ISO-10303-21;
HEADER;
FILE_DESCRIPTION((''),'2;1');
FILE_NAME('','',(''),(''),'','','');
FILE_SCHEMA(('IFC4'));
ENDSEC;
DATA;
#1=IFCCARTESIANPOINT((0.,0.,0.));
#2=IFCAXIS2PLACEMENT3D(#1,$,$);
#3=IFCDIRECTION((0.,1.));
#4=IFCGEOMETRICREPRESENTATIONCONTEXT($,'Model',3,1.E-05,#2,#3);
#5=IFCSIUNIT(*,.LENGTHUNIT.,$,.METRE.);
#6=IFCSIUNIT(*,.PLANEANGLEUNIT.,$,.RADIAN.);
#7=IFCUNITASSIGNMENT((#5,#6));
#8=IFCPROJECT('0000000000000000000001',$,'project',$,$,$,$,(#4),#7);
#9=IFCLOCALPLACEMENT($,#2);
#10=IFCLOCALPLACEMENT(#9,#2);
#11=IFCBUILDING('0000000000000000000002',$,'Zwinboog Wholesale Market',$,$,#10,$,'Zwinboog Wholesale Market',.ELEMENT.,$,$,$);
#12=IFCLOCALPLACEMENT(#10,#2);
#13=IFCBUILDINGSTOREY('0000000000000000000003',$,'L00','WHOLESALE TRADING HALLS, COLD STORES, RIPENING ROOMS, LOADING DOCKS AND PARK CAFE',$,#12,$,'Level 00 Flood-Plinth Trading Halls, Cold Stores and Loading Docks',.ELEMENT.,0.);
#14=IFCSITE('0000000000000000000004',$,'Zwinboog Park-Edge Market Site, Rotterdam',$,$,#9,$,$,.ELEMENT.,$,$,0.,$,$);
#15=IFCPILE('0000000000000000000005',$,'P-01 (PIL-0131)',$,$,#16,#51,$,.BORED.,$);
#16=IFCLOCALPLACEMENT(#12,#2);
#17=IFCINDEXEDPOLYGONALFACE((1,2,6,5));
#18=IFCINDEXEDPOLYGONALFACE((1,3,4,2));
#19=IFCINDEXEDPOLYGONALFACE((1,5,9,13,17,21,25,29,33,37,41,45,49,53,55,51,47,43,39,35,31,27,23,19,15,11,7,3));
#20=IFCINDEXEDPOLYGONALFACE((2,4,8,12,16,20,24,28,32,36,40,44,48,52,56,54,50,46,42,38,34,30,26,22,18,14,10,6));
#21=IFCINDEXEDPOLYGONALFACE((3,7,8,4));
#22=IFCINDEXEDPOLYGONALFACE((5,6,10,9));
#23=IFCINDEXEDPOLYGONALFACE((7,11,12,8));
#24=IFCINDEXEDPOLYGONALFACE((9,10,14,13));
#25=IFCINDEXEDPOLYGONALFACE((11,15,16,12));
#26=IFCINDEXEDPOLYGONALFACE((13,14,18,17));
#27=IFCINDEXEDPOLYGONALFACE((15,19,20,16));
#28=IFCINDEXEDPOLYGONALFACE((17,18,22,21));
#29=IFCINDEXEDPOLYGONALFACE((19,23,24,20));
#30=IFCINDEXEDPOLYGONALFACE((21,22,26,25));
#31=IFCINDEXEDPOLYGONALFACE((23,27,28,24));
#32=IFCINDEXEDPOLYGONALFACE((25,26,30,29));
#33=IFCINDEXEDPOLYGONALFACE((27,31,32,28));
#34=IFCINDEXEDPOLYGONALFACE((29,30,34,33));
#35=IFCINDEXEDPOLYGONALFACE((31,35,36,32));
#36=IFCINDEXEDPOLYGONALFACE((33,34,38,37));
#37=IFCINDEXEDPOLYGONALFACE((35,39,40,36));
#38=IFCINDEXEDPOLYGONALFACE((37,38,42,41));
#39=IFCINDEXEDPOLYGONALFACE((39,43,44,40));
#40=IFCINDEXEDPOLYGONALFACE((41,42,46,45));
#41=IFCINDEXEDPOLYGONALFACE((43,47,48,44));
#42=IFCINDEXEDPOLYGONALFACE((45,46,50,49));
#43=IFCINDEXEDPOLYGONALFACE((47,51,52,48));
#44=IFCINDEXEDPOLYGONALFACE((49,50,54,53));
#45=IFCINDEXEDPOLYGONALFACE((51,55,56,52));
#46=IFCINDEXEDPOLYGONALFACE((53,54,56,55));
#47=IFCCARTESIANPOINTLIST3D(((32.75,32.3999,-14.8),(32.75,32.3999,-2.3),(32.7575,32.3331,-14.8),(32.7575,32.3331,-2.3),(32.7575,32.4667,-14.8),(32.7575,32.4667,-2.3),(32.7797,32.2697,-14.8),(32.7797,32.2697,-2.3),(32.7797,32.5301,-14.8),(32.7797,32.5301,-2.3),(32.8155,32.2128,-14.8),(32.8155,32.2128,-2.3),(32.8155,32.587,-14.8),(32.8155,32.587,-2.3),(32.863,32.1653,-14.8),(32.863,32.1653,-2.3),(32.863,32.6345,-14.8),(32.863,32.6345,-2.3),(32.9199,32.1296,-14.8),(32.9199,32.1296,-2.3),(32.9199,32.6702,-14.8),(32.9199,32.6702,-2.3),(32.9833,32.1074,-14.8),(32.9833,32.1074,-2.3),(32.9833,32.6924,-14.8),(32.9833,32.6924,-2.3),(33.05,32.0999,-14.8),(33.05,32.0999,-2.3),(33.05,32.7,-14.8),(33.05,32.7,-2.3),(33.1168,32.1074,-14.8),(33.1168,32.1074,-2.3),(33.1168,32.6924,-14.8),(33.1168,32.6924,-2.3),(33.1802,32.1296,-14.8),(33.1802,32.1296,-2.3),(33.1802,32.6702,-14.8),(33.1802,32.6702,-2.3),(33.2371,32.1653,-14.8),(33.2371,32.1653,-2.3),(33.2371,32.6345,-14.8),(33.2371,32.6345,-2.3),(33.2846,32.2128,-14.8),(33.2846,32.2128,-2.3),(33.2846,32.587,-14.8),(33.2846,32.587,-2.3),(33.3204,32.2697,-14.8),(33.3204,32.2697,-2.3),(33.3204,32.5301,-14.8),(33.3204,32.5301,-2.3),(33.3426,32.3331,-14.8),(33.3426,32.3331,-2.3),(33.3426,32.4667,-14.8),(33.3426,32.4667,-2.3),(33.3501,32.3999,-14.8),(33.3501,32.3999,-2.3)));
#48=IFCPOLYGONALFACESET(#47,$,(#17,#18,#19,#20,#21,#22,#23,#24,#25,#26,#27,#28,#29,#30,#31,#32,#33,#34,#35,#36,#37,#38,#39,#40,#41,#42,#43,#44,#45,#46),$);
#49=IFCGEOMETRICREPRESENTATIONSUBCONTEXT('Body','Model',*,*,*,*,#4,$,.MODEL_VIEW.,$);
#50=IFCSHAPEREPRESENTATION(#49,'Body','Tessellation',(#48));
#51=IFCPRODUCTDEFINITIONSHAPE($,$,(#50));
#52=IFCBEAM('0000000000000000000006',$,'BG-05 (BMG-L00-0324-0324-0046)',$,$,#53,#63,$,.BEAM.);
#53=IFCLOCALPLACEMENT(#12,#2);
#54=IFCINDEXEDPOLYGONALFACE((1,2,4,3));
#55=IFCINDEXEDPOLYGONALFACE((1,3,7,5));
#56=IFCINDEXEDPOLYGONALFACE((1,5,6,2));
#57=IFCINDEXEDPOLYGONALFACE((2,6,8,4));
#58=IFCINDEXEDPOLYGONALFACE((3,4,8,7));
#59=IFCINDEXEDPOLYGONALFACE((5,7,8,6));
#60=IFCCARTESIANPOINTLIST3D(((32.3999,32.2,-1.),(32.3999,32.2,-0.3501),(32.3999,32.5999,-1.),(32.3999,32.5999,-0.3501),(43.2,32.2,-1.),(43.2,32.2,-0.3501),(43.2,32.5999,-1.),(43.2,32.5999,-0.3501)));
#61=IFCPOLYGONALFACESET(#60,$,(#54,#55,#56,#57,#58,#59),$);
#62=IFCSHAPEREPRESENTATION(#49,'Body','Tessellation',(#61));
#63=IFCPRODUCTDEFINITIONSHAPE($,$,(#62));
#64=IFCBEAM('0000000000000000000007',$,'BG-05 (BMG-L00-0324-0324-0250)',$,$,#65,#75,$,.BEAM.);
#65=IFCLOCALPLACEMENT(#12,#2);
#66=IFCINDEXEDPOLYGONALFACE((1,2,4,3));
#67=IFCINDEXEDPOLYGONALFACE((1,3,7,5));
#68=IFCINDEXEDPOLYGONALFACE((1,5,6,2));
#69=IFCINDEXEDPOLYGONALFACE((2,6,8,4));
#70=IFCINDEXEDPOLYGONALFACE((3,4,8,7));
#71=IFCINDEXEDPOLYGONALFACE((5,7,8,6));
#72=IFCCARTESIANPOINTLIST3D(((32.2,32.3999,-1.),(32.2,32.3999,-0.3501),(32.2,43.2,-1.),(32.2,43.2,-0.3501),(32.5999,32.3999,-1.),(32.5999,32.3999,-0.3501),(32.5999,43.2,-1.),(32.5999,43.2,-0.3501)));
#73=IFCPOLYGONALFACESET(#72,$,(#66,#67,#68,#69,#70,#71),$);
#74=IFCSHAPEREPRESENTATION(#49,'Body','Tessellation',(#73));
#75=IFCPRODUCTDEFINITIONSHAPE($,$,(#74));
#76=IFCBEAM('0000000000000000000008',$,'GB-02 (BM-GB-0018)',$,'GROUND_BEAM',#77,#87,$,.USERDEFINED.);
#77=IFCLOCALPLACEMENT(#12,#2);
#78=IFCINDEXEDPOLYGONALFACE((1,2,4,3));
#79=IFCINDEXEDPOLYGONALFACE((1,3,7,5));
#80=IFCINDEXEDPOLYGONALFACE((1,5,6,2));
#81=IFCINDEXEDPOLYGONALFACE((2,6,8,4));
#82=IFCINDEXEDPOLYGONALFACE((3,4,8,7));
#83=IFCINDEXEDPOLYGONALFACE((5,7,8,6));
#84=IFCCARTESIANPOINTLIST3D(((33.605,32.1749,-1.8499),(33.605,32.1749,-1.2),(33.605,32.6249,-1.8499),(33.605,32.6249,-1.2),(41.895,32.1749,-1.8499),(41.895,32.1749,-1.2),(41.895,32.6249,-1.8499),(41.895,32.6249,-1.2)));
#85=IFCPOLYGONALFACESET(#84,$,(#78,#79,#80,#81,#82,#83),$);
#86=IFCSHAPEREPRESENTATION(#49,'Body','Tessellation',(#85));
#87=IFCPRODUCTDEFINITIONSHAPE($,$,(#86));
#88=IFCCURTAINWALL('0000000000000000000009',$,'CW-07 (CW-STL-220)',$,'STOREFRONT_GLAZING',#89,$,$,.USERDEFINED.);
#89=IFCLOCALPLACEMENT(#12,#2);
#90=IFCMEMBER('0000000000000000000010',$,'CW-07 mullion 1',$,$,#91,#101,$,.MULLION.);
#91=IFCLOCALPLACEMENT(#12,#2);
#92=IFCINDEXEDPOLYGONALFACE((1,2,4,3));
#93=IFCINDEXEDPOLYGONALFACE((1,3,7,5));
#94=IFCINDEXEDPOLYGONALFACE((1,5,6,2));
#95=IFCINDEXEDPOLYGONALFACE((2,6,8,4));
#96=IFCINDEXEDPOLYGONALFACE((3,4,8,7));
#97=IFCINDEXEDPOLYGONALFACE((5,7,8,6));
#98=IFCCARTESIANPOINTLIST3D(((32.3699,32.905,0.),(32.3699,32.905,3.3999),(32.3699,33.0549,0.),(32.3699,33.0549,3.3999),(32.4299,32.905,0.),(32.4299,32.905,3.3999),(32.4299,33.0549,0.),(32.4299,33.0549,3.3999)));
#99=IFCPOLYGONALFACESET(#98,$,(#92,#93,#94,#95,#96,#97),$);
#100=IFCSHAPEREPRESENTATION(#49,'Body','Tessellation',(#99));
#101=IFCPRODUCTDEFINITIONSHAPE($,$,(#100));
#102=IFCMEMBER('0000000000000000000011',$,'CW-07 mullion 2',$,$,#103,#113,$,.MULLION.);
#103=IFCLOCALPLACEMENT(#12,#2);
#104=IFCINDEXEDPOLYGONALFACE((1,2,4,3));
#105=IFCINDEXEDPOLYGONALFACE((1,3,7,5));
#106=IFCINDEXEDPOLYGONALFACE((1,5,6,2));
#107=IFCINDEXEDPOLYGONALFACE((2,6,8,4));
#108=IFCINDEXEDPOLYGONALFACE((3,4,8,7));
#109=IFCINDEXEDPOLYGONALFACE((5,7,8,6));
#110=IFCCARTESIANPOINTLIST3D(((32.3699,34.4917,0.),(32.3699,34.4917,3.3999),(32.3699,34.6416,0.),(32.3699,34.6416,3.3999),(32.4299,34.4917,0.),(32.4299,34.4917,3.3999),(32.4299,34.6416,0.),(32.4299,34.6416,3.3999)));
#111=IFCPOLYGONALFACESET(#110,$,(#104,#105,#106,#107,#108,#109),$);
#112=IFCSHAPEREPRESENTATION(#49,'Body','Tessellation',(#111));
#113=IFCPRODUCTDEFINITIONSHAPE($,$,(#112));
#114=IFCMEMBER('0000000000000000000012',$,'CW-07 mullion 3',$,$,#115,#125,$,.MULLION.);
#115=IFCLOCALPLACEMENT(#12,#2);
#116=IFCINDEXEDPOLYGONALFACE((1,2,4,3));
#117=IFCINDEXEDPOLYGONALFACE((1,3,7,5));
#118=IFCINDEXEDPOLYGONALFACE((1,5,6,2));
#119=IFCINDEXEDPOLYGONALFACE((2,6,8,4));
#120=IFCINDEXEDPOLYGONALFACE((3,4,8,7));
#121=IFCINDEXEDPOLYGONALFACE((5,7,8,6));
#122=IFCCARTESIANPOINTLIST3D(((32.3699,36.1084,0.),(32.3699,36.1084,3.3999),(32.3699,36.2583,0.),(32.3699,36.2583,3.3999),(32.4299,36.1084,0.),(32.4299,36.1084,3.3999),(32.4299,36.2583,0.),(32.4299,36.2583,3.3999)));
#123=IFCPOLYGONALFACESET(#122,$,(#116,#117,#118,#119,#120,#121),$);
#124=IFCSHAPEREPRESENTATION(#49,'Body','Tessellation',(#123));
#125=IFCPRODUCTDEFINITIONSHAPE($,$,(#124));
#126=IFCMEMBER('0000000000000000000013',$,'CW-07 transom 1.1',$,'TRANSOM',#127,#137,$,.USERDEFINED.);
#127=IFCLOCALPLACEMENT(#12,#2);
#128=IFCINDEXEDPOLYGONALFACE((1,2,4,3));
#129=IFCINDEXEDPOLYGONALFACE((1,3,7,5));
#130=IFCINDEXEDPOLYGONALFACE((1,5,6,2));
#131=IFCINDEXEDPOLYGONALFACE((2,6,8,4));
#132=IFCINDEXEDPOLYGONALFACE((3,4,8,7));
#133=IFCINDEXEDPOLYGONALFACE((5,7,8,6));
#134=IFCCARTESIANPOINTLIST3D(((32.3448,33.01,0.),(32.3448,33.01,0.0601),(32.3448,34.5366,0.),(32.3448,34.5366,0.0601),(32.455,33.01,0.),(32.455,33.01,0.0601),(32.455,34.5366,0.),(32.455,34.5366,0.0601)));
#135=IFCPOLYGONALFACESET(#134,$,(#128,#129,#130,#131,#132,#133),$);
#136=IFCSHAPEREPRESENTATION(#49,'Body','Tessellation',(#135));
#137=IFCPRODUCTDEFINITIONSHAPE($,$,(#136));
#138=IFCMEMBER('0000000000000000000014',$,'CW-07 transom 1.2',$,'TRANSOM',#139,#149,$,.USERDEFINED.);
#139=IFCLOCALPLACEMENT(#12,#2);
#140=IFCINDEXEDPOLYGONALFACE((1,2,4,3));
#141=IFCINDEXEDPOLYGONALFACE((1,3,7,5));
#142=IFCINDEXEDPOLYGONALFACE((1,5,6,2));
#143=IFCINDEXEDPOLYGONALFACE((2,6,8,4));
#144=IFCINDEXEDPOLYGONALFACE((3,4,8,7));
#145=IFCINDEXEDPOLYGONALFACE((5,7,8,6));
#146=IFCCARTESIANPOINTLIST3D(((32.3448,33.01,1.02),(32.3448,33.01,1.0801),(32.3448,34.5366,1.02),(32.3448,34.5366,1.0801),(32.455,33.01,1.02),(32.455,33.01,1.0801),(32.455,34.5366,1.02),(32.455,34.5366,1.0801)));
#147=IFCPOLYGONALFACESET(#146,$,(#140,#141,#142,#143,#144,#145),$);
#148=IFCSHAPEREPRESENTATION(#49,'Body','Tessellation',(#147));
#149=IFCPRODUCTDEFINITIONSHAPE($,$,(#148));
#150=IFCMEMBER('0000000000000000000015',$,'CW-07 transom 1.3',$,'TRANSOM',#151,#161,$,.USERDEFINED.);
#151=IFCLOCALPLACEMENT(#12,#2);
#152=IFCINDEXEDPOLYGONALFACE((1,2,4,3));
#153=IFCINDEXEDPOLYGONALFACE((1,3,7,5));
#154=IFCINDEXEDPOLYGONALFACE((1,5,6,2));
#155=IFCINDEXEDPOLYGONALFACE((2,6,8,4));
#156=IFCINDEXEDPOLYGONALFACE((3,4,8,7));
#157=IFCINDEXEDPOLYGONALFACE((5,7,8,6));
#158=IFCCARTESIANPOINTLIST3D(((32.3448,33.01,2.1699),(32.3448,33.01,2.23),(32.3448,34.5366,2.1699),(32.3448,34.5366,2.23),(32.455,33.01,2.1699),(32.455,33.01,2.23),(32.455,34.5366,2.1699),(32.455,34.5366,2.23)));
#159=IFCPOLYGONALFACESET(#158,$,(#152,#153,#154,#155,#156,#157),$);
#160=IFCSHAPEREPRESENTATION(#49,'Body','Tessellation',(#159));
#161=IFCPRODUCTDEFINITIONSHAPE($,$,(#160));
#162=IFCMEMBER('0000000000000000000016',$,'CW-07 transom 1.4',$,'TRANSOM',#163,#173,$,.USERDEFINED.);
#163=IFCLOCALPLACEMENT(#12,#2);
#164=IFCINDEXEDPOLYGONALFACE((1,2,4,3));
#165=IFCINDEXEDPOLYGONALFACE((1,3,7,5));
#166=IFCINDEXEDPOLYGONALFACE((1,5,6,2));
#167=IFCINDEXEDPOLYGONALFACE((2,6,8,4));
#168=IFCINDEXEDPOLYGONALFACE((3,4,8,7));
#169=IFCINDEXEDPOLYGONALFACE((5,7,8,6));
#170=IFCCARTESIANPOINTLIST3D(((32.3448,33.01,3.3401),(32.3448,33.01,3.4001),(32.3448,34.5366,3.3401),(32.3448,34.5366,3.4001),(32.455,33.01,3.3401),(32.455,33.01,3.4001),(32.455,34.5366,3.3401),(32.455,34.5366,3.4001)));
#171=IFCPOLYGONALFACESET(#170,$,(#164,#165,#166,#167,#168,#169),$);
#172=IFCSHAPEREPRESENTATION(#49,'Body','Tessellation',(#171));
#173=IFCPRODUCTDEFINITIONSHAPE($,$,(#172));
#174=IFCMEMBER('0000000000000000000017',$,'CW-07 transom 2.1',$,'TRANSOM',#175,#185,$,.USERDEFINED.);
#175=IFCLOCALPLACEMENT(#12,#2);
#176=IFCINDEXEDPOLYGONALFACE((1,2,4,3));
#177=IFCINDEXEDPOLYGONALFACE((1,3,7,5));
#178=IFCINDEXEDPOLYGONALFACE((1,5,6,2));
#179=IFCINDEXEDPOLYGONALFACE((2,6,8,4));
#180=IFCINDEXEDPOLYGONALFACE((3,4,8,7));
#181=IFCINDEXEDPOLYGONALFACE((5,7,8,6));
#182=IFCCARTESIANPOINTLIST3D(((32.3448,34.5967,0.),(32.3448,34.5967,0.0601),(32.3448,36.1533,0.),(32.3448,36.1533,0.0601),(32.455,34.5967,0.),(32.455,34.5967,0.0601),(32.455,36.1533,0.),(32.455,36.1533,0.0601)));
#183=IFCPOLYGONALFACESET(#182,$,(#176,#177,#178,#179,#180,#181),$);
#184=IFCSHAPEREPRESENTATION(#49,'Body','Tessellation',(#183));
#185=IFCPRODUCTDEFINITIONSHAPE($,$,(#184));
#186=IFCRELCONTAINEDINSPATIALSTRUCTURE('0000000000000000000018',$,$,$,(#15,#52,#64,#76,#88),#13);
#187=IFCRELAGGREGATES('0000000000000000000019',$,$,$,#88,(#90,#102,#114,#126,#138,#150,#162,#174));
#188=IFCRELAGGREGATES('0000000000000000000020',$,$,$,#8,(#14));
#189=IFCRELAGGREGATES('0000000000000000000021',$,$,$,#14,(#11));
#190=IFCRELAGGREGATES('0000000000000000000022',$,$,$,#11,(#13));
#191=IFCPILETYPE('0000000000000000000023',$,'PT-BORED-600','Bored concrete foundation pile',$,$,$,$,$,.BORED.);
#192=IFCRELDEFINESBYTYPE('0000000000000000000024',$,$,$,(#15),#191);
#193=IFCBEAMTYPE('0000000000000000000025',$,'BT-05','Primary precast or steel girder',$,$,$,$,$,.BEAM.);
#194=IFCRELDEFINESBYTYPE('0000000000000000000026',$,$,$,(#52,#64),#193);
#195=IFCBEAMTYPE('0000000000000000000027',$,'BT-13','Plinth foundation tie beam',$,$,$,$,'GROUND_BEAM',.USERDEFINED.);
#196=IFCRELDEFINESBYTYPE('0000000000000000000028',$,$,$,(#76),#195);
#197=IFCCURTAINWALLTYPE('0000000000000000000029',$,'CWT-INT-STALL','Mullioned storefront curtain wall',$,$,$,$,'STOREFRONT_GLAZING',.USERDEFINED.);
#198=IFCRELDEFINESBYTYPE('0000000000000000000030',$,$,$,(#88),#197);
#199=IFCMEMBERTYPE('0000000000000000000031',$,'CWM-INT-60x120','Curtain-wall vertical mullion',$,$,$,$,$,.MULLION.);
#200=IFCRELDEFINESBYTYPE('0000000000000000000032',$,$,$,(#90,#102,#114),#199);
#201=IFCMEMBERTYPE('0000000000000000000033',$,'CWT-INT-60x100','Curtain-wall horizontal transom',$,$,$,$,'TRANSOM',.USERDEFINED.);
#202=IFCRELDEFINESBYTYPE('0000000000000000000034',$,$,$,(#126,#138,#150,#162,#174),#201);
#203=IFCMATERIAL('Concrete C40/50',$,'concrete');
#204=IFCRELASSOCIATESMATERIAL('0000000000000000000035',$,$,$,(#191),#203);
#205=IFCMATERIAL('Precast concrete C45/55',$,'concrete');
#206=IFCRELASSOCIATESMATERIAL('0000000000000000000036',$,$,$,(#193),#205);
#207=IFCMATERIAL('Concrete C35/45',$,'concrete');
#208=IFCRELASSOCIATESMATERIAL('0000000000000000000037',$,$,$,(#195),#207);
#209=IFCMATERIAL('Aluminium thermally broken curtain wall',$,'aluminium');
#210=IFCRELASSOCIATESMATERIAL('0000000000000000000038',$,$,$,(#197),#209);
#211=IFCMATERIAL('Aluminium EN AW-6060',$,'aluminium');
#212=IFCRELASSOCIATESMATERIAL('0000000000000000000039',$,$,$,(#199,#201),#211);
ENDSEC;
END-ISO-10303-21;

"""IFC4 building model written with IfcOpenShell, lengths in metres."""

from ifc_helpers import new_model, si_unit, direction, frame, origin, origin_2d, place, context, subcontext, project, spatial, rectangle, circle, extrude, material, material_profile, profile_set, type_object, element, aggregate, save


model = new_model("IFC4")

# Units and contexts
model_context = context("Model", 3, precision=1e-05, world=origin(), true_north=direction((0.0, 1.0)))
body_context = subcontext(model_context, "Body", "Model", "MODEL_VIEW")
ifc_project = project(units=[si_unit("LENGTHUNIT", "METRE"), si_unit("PLANEANGLEUNIT", "RADIAN")], contexts=[model_context])

# Site, building, storey
site_placement = place(None, origin())
site = spatial("IfcSite", under=ifc_project, at=site_placement, Name="Zwinboog Park-Edge Market Site, Rotterdam", CompositionType="ELEMENT", RefElevation=0.0)
building_placement = place(site_placement, origin())
building = spatial("IfcBuilding", under=site, at=building_placement, Name="Zwinboog Wholesale Market", LongName="Zwinboog Wholesale Market", CompositionType="ELEMENT")
storey_placement = place(building_placement, origin())
storey = spatial("IfcBuildingStorey", under=building, at=storey_placement, Name="L00", Description="WHOLESALE TRADING HALLS, COLD STORES, RIPENING ROOMS, LOADING DOCKS AND PARK CAFE", LongName="Level 00 Flood-Plinth Trading Halls, Cold Stores and Loading Docks", CompositionType="ELEMENT", Elevation=0.0)

# Pile
ifc_material_1 = material(Name="Concrete C40/50", Category="concrete")
ifc_material_profile_1 = material_profile(ifc_material_1, circle(Radius=0.3, at=origin_2d()), Name="PILE D600")
ifc_profile_set_1 = profile_set([ifc_material_profile_1], Name="Concrete C40/50")
pile_type = type_object("IfcPileType", Name="PT-BORED-600", Description="Bored concrete foundation pile", PredefinedType="BORED", material=ifc_profile_set_1)
pile_placement = place(storey_placement, frame((33.05, 32.3999, -2.3), z_axis=(0.0, 0.0, -1.0), x_axis=(1.0, 0.0, 0.0)))
element("IfcPile", 1, at=pile_placement, inside=storey, type_object=pile_type, Name="P-01 (PIL-0131)", PredefinedType="BORED", context=body_context, shape_type="SweptSolid", body=[
    extrude(circle(Radius=0.3, at=origin_2d()), origin(), (0.0, 0.0, 1.0), 12.5),
])

# Beams
ifc_material_2 = material(Name="Precast concrete C45/55", Category="concrete")
ifc_material_profile_2 = material_profile(ifc_material_2, rectangle(XDim=0.3999, YDim=0.6499, at=origin_2d()), Name="PC 400x650")
ifc_profile_set_2 = profile_set([ifc_material_profile_2], Name="Precast concrete C45/55")
beam_type_1 = type_object("IfcBeamType", Name="BT-05", Description="Primary precast or steel girder", PredefinedType="BEAM", material=ifc_profile_set_2)
for number, where, z_axis, x_axis, name in (
    (2, (32.3999, 32.3999, -0.675), (1.0, 0.0, 0.0), (0.0, 1.0, 0.0), "BG-05 (BMG-L00-0324-0324-0046)"),
    (3, (32.3999, 32.3999, -0.675), (0.0, 1.0, 0.0), (-1.0, 0.0, 0.0), "BG-05 (BMG-L00-0324-0324-0250)"),
):
    element("IfcBeam", number, at=place(storey_placement, frame(where, z_axis=z_axis, x_axis=x_axis)), inside=storey, type_object=beam_type_1, Name=name, PredefinedType="BEAM", context=body_context, shape_type="SweptSolid", body=[
        extrude(rectangle(XDim=0.3999, YDim=0.6499, at=origin_2d()), origin(), (0.0, 0.0, 1.0), 10.8),
    ])
ifc_material_3 = material(Name="Concrete C35/45", Category="concrete")
ifc_material_profile_3 = material_profile(ifc_material_3, rectangle(XDim=0.45, YDim=0.6499, at=origin_2d()), Name="RC 450x650")
ifc_profile_set_3 = profile_set([ifc_material_profile_3], Name="Concrete C35/45")
beam_type_2 = type_object("IfcBeamType", Name="BT-13", Description="Plinth foundation tie beam", ElementType="GROUND_BEAM", PredefinedType="USERDEFINED", material=ifc_profile_set_3)
beam_placement = place(storey_placement, frame((33.605, 32.3999, -1.5249), z_axis=(1.0, 0.0, 0.0), x_axis=(0.0, 1.0, 0.0)))
element("IfcBeam", 4, at=beam_placement, inside=storey, type_object=beam_type_2, Name="GB-02 (BM-GB-0018)", ObjectType="GROUND_BEAM", PredefinedType="USERDEFINED", context=body_context, shape_type="SweptSolid", body=[
    extrude(rectangle(XDim=0.45, YDim=0.6499, at=origin_2d()), origin(), (0.0, 0.0, 1.0), 8.29),
])

# Curtain wall, members
ifc_material_4 = material(Name="Aluminium thermally broken curtain wall", Category="aluminium")
curtain_wall_type = type_object("IfcCurtainWallType", Name="CWT-INT-STALL", Description="Mullioned storefront curtain wall", ElementType="STOREFRONT_GLAZING", PredefinedType="USERDEFINED", material=ifc_material_4)
curtain_wall_placement = place(storey_placement, origin())
curtain_wall = element("IfcCurtainWall", 5, at=curtain_wall_placement, inside=storey, type_object=curtain_wall_type, Name="CW-07 (CW-STL-220)", ObjectType="STOREFRONT_GLAZING", PredefinedType="USERDEFINED")
ifc_material_5 = material(Name="Aluminium EN AW-6060", Category="aluminium")
ifc_material_profile_4 = material_profile(ifc_material_5, rectangle(XDim=0.0601, YDim=0.1499, at=origin_2d()), Name="AL 60x150")
ifc_profile_set_4 = profile_set([ifc_material_profile_4], Name="Aluminium EN AW-6060")
member_type_1 = type_object("IfcMemberType", Name="CWM-INT-60x120", Description="Curtain-wall vertical mullion", PredefinedType="MULLION", material=ifc_profile_set_4)
member_1_placement = place(storey_placement, frame((32.3999, 32.98, 0.0), z_axis=(0.0, 0.0, 1.0), x_axis=(-1.0, 0.0, 0.0)))
member_1 = element("IfcMember", 6, at=member_1_placement, type_object=member_type_1, Name="CW-07 mullion 1", PredefinedType="MULLION", context=body_context, shape_type="SweptSolid", body=[
    extrude(rectangle(XDim=0.0601, YDim=0.1499, at=origin_2d()), origin(), (0.0, 0.0, 1.0), 3.3999),
])
member_2_placement = place(storey_placement, frame((32.3999, 34.5667, 0.0), z_axis=(0.0, 0.0, 1.0), x_axis=(-1.0, 0.0, 0.0)))
member_2 = element("IfcMember", 7, at=member_2_placement, type_object=member_type_1, Name="CW-07 mullion 2", PredefinedType="MULLION", context=body_context, shape_type="SweptSolid", body=[
    extrude(rectangle(XDim=0.0601, YDim=0.1499, at=origin_2d()), origin(), (0.0, 0.0, 1.0), 3.3999),
])
member_3_placement = place(storey_placement, frame((32.3999, 36.1833, 0.0), z_axis=(0.0, 0.0, 1.0), x_axis=(-1.0, 0.0, 0.0)))
member_3 = element("IfcMember", 8, at=member_3_placement, type_object=member_type_1, Name="CW-07 mullion 3", PredefinedType="MULLION", context=body_context, shape_type="SweptSolid", body=[
    extrude(rectangle(XDim=0.0601, YDim=0.1499, at=origin_2d()), origin(), (0.0, 0.0, 1.0), 3.3999),
])
ifc_material_profile_5 = material_profile(ifc_material_5, rectangle(XDim=0.1101, YDim=0.0601, at=origin_2d()), Name="AL 60x110")
ifc_profile_set_5 = profile_set([ifc_material_profile_5], Name="Aluminium EN AW-6060")
member_type_2 = type_object("IfcMemberType", Name="CWT-INT-60x100", Description="Curtain-wall horizontal transom", ElementType="TRANSOM", PredefinedType="USERDEFINED", material=ifc_profile_set_5)
member_4_placement = place(storey_placement, frame((32.3999, 33.01, 0.03), z_axis=(0.0, 1.0, 0.0), x_axis=(-1.0, 0.0, 0.0)))
member_4 = element("IfcMember", 9, at=member_4_placement, type_object=member_type_2, Name="CW-07 transom 1.1", ObjectType="TRANSOM", PredefinedType="USERDEFINED", context=body_context, shape_type="SweptSolid", body=[
    extrude(rectangle(XDim=0.1101, YDim=0.0601, at=origin_2d()), origin(), (0.0, 0.0, 1.0), 1.5266),
])
member_5_placement = place(storey_placement, frame((32.3999, 33.01, 1.05), z_axis=(0.0, 1.0, 0.0), x_axis=(-1.0, 0.0, 0.0)))
member_5 = element("IfcMember", 10, at=member_5_placement, type_object=member_type_2, Name="CW-07 transom 1.2", ObjectType="TRANSOM", PredefinedType="USERDEFINED", context=body_context, shape_type="SweptSolid", body=[
    extrude(rectangle(XDim=0.1101, YDim=0.0601, at=origin_2d()), origin(), (0.0, 0.0, 1.0), 1.5266),
])
member_6_placement = place(storey_placement, frame((32.3999, 33.01, 2.2), z_axis=(0.0, 1.0, 0.0), x_axis=(-1.0, 0.0, 0.0)))
member_6 = element("IfcMember", 11, at=member_6_placement, type_object=member_type_2, Name="CW-07 transom 1.3", ObjectType="TRANSOM", PredefinedType="USERDEFINED", context=body_context, shape_type="SweptSolid", body=[
    extrude(rectangle(XDim=0.1101, YDim=0.0601, at=origin_2d()), origin(), (0.0, 0.0, 1.0), 1.5266),
])
member_7_placement = place(storey_placement, frame((32.3999, 33.01, 3.3701), z_axis=(0.0, 1.0, 0.0), x_axis=(-1.0, 0.0, 0.0)))
member_7 = element("IfcMember", 12, at=member_7_placement, type_object=member_type_2, Name="CW-07 transom 1.4", ObjectType="TRANSOM", PredefinedType="USERDEFINED", context=body_context, shape_type="SweptSolid", body=[
    extrude(rectangle(XDim=0.1101, YDim=0.0601, at=origin_2d()), origin(), (0.0, 0.0, 1.0), 1.5266),
])
member_8_placement = place(storey_placement, frame((32.3999, 34.5967, 0.03), z_axis=(0.0, 1.0, 0.0), x_axis=(-1.0, 0.0, 0.0)))
member_8 = element("IfcMember", 13, at=member_8_placement, type_object=member_type_2, Name="CW-07 transom 2.1", ObjectType="TRANSOM", PredefinedType="USERDEFINED", context=body_context, shape_type="SweptSolid", body=[
    extrude(rectangle(XDim=0.1101, YDim=0.0601, at=origin_2d()), origin(), (0.0, 0.0, 1.0), 1.5566),
])
aggregate(curtain_wall, [member_1, member_2, member_3, member_4, member_5, member_6, member_7, member_8])

save(model, "model.ifc")
